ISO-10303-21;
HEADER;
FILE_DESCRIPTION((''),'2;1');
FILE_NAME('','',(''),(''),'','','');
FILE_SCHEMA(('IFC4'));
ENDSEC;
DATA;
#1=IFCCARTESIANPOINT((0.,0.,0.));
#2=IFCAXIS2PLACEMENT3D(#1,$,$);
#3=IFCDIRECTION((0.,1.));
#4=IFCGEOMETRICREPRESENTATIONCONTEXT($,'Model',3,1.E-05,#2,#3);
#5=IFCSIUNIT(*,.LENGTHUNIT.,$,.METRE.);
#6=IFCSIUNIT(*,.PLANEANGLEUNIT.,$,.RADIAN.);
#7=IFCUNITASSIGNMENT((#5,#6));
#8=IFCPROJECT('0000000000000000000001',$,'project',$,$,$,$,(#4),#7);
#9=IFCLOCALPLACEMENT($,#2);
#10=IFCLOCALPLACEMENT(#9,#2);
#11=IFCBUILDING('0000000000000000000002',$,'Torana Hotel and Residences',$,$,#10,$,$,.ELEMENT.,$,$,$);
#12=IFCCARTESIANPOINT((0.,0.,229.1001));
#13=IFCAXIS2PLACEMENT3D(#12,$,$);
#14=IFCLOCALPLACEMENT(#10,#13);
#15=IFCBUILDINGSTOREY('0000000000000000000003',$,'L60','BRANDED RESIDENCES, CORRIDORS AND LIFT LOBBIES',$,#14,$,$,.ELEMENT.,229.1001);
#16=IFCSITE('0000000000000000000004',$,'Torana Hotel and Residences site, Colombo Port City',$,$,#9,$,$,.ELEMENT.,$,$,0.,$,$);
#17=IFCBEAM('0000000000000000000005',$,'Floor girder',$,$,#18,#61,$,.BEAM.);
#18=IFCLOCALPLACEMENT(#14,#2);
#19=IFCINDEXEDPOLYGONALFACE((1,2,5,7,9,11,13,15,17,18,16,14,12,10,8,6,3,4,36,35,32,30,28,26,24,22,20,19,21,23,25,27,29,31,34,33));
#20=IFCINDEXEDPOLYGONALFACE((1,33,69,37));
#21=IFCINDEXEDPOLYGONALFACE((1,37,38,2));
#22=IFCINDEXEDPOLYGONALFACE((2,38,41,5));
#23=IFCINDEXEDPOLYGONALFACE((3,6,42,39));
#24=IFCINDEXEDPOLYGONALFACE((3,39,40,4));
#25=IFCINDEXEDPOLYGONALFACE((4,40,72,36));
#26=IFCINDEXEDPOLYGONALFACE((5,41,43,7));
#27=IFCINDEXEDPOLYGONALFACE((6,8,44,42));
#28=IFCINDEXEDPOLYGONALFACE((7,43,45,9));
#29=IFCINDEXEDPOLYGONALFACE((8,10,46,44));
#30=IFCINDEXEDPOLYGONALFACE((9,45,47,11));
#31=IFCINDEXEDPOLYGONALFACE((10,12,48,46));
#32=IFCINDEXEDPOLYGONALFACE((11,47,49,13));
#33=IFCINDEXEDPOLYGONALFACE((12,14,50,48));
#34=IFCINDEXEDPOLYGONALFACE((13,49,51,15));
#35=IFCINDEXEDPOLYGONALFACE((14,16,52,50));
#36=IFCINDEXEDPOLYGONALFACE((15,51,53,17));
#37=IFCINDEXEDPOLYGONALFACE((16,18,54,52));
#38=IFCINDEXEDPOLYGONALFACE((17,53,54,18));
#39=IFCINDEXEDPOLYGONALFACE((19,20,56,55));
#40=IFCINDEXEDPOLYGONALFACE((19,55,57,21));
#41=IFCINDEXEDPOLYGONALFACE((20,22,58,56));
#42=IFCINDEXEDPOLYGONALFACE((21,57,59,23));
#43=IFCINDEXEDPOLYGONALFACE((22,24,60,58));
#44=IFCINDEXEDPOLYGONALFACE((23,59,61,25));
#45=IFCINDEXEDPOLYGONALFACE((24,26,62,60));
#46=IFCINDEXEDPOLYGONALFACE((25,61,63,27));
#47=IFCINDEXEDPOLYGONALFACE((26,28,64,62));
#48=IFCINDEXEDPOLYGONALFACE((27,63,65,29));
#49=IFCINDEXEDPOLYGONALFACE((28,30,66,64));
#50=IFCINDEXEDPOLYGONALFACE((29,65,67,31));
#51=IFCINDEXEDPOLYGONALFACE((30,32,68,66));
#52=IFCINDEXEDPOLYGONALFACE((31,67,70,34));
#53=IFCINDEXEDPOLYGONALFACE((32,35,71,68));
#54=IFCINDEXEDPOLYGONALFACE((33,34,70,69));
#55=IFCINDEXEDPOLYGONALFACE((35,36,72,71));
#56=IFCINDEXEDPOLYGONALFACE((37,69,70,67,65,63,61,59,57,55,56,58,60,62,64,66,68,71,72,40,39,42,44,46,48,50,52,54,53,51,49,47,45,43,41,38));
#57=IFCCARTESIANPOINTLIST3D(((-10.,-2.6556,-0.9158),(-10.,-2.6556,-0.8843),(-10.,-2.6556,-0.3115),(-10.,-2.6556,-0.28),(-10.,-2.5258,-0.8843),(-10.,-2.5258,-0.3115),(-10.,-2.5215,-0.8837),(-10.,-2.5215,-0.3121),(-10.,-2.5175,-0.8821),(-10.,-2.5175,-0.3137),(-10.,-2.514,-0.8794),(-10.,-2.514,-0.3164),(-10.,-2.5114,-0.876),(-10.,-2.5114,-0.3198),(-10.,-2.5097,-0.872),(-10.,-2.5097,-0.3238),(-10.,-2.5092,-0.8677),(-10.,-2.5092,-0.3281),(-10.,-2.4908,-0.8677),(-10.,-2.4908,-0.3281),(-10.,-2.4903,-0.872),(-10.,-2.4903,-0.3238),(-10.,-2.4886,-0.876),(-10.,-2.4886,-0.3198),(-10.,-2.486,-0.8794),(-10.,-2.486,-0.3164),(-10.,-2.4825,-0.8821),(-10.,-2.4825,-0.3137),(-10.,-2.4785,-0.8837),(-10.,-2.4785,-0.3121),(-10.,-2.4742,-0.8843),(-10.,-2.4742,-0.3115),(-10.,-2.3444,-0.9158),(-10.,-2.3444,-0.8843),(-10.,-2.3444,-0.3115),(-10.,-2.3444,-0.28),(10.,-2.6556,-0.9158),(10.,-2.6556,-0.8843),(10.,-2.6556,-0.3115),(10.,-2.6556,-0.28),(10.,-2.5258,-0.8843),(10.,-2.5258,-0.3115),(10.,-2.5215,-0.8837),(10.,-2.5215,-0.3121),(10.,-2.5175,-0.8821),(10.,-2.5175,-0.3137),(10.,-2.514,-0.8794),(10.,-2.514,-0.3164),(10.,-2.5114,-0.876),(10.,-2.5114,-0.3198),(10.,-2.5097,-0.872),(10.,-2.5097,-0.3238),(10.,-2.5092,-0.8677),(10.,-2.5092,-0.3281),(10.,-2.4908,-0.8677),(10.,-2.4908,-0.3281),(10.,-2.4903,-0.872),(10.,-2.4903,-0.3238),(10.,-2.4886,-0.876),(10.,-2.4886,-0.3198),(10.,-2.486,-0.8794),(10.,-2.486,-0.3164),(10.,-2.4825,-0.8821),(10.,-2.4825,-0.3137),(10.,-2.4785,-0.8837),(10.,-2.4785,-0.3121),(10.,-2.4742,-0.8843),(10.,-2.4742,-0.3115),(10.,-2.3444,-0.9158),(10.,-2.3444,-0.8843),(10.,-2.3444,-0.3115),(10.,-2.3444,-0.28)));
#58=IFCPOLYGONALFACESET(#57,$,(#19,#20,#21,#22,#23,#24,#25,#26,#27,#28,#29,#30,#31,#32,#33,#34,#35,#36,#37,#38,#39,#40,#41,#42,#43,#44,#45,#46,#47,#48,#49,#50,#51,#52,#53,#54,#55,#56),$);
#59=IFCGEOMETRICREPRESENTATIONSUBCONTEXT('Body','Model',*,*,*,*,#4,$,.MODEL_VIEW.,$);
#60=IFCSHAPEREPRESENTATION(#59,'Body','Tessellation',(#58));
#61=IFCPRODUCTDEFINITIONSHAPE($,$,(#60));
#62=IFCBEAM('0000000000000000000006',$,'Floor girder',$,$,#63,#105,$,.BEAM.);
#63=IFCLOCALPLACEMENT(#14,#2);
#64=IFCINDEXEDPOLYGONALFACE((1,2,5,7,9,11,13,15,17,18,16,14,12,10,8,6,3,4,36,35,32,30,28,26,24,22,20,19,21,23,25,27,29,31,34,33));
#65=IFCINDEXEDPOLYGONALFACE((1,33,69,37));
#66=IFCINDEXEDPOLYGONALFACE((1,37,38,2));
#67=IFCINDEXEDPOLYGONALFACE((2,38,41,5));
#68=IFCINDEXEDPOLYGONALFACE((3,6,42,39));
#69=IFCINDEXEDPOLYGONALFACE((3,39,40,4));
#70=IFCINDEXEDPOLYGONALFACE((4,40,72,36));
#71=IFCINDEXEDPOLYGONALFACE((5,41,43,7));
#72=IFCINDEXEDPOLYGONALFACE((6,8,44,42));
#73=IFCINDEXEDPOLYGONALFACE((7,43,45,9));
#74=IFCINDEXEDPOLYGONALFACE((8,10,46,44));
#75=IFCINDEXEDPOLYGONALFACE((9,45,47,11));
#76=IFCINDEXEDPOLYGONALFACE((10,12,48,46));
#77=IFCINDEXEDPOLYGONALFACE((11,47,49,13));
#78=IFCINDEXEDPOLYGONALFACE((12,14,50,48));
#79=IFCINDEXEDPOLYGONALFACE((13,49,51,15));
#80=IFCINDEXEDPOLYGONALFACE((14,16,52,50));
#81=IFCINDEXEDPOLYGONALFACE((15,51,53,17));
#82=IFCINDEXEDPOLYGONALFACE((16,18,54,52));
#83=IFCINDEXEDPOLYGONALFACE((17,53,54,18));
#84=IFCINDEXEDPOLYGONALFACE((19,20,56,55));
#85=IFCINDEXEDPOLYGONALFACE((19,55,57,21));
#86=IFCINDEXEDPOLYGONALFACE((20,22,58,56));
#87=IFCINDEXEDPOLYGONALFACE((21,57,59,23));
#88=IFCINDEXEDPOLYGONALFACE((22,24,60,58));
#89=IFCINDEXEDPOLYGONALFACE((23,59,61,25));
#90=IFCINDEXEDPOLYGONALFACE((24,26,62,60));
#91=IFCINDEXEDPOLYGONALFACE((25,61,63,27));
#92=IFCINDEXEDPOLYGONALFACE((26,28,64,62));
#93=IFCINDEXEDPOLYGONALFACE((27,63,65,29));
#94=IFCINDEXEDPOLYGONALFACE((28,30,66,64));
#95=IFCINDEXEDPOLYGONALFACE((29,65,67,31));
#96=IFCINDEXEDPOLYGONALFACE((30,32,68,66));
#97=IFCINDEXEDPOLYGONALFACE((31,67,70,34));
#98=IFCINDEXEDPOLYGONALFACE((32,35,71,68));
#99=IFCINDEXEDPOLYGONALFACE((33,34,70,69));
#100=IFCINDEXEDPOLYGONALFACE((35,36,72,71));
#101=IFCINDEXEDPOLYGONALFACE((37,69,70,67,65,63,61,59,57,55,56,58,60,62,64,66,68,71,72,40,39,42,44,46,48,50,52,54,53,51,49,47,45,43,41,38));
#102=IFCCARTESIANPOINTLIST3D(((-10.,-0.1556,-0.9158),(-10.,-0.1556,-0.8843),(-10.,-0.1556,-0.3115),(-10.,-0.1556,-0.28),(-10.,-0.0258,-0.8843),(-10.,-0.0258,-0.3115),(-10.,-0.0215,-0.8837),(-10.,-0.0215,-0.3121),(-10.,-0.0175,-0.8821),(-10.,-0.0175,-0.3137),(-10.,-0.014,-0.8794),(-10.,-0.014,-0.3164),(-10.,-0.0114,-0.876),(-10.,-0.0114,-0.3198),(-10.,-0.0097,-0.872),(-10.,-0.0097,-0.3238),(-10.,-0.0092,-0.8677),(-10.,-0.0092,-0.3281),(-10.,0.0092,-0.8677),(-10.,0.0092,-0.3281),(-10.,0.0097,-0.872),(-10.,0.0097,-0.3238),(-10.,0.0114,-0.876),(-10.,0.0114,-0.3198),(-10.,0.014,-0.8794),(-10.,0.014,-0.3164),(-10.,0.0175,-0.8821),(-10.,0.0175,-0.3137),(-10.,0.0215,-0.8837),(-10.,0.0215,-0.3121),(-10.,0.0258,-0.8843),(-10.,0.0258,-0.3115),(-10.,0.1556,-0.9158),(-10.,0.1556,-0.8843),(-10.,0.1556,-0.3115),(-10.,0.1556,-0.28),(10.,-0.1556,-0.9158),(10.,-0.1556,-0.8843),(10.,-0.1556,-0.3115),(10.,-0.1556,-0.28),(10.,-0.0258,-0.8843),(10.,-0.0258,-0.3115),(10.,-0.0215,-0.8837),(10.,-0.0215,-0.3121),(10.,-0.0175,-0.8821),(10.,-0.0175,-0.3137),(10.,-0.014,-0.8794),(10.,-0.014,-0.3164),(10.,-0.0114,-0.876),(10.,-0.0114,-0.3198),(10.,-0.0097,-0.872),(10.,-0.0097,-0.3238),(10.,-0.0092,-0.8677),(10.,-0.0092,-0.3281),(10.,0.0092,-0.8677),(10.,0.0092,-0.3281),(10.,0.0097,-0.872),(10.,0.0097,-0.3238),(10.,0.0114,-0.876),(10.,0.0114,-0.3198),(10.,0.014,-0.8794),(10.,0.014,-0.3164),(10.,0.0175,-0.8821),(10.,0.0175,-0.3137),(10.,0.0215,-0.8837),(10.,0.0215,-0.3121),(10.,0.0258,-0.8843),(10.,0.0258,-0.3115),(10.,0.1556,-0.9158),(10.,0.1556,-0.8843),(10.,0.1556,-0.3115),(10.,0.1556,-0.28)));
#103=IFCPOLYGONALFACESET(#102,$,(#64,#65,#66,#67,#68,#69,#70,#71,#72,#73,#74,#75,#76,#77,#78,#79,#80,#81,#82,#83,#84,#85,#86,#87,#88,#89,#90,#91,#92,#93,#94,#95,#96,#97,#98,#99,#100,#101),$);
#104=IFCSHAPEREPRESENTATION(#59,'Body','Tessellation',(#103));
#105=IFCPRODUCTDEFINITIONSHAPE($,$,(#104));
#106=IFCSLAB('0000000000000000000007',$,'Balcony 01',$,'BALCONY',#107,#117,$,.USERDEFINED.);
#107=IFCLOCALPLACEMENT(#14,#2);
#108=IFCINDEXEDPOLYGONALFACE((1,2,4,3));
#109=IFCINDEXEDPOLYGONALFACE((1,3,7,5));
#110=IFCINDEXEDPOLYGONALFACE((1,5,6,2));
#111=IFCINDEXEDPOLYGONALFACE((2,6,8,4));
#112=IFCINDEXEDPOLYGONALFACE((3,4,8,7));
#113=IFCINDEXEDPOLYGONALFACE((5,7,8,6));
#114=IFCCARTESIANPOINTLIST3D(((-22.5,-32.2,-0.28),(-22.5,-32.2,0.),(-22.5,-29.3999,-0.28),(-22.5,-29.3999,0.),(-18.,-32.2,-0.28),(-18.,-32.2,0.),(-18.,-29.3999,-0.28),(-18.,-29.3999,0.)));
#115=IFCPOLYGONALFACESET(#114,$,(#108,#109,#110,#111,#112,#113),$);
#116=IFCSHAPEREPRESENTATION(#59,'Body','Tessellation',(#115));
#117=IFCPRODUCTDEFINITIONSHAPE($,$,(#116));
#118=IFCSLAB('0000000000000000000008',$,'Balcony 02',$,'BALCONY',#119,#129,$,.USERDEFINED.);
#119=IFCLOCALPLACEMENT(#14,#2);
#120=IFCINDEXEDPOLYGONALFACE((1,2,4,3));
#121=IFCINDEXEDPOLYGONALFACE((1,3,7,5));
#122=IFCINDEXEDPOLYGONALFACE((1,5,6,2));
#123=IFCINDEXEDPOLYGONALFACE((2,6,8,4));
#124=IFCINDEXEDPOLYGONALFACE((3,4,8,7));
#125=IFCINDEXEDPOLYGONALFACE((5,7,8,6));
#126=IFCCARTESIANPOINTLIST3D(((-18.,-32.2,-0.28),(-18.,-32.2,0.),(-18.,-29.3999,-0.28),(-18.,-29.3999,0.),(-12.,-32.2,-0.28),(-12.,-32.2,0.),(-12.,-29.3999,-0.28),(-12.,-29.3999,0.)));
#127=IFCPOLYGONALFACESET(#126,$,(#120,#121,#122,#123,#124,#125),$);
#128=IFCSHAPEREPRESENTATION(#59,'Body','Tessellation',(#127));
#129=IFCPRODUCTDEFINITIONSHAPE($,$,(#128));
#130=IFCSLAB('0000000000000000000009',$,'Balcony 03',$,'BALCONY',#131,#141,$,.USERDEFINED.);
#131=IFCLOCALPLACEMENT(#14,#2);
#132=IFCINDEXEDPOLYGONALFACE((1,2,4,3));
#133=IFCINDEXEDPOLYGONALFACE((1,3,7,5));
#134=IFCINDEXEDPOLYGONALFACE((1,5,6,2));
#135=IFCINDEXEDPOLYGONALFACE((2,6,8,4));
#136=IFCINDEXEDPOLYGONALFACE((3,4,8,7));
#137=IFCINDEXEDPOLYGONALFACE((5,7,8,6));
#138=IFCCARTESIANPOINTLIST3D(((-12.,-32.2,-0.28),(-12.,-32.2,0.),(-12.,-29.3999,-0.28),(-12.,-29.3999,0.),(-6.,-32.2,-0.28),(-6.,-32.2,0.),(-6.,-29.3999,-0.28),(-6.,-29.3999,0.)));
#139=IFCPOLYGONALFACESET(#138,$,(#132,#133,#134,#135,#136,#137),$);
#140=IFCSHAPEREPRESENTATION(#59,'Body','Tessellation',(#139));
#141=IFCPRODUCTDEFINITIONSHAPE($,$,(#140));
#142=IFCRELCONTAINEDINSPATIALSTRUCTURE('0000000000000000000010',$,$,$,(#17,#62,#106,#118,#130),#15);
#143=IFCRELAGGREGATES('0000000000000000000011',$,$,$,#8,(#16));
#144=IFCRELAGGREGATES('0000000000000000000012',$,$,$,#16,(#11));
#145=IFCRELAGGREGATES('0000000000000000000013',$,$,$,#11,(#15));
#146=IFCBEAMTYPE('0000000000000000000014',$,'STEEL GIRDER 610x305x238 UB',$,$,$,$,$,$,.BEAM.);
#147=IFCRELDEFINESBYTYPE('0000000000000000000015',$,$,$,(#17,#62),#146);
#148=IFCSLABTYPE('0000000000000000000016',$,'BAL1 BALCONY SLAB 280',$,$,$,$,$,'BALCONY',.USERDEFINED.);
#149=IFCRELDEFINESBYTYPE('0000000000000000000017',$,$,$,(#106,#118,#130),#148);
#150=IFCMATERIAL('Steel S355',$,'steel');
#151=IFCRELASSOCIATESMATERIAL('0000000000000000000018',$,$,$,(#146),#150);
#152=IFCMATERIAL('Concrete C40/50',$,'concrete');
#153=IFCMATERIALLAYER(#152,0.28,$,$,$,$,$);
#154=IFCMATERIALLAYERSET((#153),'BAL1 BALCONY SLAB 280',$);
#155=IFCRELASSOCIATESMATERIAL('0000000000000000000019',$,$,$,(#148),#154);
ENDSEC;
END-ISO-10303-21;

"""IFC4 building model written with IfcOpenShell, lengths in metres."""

from ifc_helpers import new_model, si_unit, direction, frame, origin, origin_2d, place, context, subcontext, project, spatial, polyline, i_section, outline, extrude, material, layer, layer_set, material_profile, profile_set, type_object, element, save


model = new_model("IFC4")

# Units and contexts
model_context = context("Model", 3, precision=1e-05, world=origin(), true_north=direction((0.0, 1.0)))
body_context = subcontext(model_context, "Body", "Model", "MODEL_VIEW")
ifc_project = project(units=[si_unit("LENGTHUNIT", "METRE"), si_unit("PLANEANGLEUNIT", "RADIAN")], contexts=[model_context])

# Site, building, storey
site_placement = place(None, origin())
site = spatial("IfcSite", under=ifc_project, at=site_placement, Name="Torana Hotel and Residences site, Colombo Port City", CompositionType="ELEMENT", RefElevation=0.0)
building_placement = place(site_placement, origin())
building = spatial("IfcBuilding", under=site, at=building_placement, Name="Torana Hotel and Residences", CompositionType="ELEMENT")
storey_placement = place(building_placement, frame((0.0, 0.0, 229.1001)))
storey = spatial("IfcBuildingStorey", under=building, at=storey_placement, Name="L60", Description="BRANDED RESIDENCES, CORRIDORS AND LIFT LOBBIES", CompositionType="ELEMENT", Elevation=229.1001)

# Beams
ifc_material_1 = material(Name="Steel S355", Category="steel")
ifc_material_profile = material_profile(ifc_material_1, i_section(OverallWidth=0.3113, OverallDepth=0.6357, WebThickness=0.0183, FlangeThickness=0.0315, FilletRadius=0.0166, at=origin_2d()), Name="610x305x238 UB")
ifc_profile_set = profile_set([ifc_material_profile], Name="Steel S355")
beam_type = type_object("IfcBeamType", Name="STEEL GIRDER 610x305x238 UB", PredefinedType="BEAM", material=ifc_profile_set)
for number, where, z_axis, x_axis, name in (
    (1, (-10.0, -2.5, -0.5979), (1.0, 0.0, 0.0), (0.0, 1.0, 0.0), "Floor girder"),
    (2, (-10.0, 0.0, -0.5979), (1.0, 0.0, 0.0), (0.0, 1.0, 0.0), "Floor girder"),
):
    element("IfcBeam", number, at=place(storey_placement, frame(where, z_axis=z_axis, x_axis=x_axis)), inside=storey, type_object=beam_type, Name=name, PredefinedType="BEAM", context=body_context, shape_type="SweptSolid", body=[
        extrude(i_section(OverallWidth=0.3113, OverallDepth=0.6357, WebThickness=0.0183, FlangeThickness=0.0315, FilletRadius=0.0166, at=origin_2d()), origin(), (0.0, 0.0, 1.0), 20.0),
    ])

# Slabs
ifc_material_2 = material(Name="Concrete C40/50", Category="concrete")
ifc_layer_1 = layer(ifc_material_2, 0.28)
ifc_layer_set_1 = layer_set([ifc_layer_1], Name="BAL1 BALCONY SLAB 280")
slab_type_1 = type_object("IfcSlabType", Name="BAL1 BALCONY SLAB 280", ElementType="BALCONY", PredefinedType="USERDEFINED", material=ifc_layer_set_1)
slab_1_placement = place(storey_placement, frame((0.0, 0.0, -0.28)))
element("IfcSlab", 3, at=slab_1_placement, inside=storey, type_object=slab_type_1, Name="Balcony 01", ObjectType="BALCONY", PredefinedType="USERDEFINED", context=body_context, shape_type="SweptSolid", body=[
    extrude(outline(polyline([(-22.5, -32.2), (-18.0, -32.2), (-18.0, -29.3999), (-22.5, -29.3999), (-22.5, -32.2)])), origin(), (0.0, 0.0, 1.0), 0.28),
])
slab_2_placement = place(storey_placement, frame((0.0, 0.0, -0.28)))
element("IfcSlab", 4, at=slab_2_placement, inside=storey, type_object=slab_type_1, Name="Balcony 02", ObjectType="BALCONY", PredefinedType="USERDEFINED", context=body_context, shape_type="SweptSolid", body=[
    extrude(outline(polyline([(-18.0, -32.2), (-12.0, -32.2), (-12.0, -29.3999), (-18.0, -29.3999), (-18.0, -32.2)])), origin(), (0.0, 0.0, 1.0), 0.28),
])
slab_3_placement = place(storey_placement, frame((0.0, 0.0, -0.28)))
element("IfcSlab", 5, at=slab_3_placement, inside=storey, type_object=slab_type_1, Name="Balcony 03", ObjectType="BALCONY", PredefinedType="USERDEFINED", context=body_context, shape_type="SweptSolid", body=[
    extrude(outline(polyline([(-12.0, -32.2), (-6.0, -32.2), (-6.0, -29.3999), (-12.0, -29.3999), (-12.0, -32.2)])), origin(), (0.0, 0.0, 1.0), 0.28),
])

save(model, "model.ifc")
